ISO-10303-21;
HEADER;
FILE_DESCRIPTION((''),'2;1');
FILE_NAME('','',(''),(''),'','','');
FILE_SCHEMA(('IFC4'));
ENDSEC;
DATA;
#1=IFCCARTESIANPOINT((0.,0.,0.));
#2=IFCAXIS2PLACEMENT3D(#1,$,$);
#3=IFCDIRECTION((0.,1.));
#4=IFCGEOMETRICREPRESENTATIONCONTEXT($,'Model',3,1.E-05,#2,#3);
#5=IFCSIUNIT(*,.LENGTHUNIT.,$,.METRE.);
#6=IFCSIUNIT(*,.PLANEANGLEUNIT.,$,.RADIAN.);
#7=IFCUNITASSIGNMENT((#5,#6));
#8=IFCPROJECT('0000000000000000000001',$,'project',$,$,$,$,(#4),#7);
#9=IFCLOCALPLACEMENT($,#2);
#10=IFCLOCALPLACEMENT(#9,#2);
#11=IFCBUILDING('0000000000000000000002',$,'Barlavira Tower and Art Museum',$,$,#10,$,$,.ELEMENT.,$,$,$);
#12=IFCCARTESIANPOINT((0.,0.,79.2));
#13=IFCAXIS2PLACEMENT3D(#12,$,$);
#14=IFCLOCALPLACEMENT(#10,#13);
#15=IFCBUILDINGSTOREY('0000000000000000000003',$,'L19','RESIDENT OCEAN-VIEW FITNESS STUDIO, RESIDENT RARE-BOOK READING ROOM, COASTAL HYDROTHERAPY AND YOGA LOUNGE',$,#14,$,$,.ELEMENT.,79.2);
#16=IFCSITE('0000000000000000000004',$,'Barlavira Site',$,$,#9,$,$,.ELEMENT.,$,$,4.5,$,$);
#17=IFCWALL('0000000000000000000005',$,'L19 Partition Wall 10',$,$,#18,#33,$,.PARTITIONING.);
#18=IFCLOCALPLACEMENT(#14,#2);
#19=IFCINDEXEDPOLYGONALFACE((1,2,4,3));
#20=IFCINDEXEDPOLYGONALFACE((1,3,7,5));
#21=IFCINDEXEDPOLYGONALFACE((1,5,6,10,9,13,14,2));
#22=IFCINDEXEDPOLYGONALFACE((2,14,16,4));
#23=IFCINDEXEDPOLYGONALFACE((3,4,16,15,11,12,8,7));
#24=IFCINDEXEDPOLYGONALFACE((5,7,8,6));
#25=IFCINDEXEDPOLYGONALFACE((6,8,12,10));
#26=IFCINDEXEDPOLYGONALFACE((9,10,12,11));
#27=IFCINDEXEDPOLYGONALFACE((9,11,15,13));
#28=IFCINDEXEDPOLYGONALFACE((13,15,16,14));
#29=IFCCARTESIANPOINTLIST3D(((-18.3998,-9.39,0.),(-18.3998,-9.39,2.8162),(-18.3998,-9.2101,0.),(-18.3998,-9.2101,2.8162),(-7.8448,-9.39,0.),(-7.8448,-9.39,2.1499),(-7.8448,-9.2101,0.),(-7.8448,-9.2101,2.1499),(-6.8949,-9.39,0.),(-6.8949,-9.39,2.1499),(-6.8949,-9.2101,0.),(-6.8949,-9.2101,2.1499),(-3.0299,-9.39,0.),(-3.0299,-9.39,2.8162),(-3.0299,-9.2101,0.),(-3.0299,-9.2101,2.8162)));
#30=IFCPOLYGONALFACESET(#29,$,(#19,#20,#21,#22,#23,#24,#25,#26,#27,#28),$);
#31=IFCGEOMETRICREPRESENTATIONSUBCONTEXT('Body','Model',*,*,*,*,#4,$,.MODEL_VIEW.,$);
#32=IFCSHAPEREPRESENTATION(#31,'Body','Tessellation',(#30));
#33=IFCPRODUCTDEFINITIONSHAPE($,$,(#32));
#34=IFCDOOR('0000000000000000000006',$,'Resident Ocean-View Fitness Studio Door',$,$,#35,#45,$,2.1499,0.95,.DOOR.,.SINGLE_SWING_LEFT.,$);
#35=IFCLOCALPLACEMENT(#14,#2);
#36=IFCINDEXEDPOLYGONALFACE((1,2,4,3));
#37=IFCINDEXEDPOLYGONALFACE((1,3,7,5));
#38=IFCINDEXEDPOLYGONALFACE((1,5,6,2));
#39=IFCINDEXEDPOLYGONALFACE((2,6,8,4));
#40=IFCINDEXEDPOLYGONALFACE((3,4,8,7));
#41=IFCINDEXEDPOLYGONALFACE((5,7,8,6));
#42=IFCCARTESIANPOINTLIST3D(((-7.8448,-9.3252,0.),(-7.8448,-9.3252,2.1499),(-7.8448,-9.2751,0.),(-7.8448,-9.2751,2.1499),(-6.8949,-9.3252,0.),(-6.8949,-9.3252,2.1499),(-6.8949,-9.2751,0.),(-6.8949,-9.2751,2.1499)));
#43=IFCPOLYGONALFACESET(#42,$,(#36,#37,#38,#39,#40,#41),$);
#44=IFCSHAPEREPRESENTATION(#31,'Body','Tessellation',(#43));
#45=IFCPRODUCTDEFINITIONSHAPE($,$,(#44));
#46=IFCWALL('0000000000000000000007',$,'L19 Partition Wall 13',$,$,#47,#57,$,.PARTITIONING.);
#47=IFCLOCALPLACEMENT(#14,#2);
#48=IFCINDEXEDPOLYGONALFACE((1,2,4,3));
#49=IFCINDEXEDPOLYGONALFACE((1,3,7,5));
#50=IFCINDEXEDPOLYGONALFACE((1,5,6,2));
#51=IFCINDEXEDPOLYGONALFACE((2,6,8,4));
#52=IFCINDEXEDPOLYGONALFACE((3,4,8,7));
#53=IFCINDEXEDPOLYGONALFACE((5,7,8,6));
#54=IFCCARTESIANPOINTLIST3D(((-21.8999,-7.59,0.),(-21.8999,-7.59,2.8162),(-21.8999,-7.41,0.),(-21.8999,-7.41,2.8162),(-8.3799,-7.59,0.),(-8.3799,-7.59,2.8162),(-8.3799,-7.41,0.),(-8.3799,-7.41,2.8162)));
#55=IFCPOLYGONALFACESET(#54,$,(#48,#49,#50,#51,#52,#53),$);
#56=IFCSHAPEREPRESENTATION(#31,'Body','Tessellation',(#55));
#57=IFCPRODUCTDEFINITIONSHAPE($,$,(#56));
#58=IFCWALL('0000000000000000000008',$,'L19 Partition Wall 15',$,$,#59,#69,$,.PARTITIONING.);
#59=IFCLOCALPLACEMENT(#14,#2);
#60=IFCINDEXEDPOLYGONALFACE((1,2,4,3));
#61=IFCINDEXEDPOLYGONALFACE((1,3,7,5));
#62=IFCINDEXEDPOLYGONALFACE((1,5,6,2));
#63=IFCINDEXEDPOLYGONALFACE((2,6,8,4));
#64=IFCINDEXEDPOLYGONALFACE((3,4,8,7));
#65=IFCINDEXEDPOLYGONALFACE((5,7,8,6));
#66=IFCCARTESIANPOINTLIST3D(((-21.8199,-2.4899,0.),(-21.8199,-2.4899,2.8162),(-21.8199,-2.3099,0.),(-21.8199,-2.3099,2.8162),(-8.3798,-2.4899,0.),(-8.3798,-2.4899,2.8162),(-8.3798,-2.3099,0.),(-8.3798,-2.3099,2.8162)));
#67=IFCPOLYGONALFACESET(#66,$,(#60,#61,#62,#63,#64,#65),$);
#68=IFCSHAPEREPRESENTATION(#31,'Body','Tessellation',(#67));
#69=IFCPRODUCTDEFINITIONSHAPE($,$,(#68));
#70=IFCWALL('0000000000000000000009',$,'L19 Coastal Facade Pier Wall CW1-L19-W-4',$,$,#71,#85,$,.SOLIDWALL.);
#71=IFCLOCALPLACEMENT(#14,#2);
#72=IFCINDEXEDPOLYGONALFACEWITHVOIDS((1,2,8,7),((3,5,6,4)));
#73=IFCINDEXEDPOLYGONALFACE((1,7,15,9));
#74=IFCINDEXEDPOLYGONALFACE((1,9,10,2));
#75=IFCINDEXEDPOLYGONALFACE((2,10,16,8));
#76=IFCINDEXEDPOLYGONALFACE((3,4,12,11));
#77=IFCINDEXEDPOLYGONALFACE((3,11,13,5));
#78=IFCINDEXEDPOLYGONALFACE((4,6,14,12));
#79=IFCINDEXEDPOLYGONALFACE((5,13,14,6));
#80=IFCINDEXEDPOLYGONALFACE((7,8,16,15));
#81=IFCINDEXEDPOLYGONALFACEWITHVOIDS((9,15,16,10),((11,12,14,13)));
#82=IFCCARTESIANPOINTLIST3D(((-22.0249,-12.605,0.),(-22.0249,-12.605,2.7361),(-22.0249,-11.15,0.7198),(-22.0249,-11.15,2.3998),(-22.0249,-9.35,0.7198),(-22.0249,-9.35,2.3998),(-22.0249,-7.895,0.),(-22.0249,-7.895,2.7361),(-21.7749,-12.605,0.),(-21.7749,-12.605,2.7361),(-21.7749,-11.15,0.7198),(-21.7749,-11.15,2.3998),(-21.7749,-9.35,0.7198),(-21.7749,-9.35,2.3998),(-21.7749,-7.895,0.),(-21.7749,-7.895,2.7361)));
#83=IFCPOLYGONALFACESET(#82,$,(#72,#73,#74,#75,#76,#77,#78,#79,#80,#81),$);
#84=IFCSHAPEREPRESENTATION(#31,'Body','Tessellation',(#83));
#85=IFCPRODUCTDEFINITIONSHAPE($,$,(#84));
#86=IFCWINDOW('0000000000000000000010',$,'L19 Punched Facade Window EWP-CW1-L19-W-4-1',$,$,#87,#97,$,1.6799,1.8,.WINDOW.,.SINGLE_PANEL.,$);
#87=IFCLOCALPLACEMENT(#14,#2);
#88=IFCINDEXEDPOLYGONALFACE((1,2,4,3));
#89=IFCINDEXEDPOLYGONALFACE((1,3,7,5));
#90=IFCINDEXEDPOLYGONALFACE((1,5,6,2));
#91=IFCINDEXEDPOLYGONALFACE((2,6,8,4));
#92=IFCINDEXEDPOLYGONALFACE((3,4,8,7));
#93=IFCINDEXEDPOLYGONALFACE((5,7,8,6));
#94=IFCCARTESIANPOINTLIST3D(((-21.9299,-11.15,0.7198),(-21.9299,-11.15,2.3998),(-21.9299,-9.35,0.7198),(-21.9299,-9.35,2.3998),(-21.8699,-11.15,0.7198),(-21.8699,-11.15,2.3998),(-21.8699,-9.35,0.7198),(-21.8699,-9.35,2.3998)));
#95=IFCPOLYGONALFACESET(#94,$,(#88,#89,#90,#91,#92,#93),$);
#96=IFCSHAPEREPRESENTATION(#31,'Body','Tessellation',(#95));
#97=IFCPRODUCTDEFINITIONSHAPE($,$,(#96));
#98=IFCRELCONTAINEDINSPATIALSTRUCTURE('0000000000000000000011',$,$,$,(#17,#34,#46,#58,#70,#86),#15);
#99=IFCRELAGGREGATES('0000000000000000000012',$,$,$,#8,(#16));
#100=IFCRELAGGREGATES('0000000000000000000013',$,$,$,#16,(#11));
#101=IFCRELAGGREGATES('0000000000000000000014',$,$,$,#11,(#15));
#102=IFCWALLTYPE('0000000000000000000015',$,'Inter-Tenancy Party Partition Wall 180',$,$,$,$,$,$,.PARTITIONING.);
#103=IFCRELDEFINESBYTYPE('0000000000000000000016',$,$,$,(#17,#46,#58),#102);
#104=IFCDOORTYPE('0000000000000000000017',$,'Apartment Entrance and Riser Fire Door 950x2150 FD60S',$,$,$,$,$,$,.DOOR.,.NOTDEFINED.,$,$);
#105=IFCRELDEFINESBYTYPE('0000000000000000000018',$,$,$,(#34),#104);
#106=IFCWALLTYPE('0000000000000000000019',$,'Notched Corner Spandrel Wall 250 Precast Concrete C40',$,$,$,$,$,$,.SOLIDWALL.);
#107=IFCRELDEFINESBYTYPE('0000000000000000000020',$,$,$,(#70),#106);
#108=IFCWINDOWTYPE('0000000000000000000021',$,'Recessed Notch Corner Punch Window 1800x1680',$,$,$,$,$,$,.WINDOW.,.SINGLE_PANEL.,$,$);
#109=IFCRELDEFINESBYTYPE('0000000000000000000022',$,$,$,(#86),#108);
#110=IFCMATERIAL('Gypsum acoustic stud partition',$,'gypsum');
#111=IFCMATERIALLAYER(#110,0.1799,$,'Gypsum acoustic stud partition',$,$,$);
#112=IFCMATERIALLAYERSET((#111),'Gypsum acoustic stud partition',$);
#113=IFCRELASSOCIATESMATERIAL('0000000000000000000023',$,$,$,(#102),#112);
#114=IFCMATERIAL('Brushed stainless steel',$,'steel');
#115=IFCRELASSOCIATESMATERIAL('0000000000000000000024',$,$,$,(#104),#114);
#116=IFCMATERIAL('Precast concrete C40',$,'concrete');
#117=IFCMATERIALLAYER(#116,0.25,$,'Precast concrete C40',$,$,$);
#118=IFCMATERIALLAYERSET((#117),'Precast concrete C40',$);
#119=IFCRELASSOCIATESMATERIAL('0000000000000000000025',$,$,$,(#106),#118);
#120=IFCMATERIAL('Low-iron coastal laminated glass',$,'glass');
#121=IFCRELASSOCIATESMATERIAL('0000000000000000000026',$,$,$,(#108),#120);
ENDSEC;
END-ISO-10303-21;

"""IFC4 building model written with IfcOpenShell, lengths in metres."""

from ifc_helpers import new_model, si_unit, direction, frame, frame_2d, origin, place, context, subcontext, project, spatial, rectangle, extrude, material, layer, layer_set, type_object, element, fill, save


model = new_model("IFC4")

# Units and contexts
model_context = context("Model", 3, precision=1e-05, world=origin(), true_north=direction((0.0, 1.0)))
body_context = subcontext(model_context, "Body", "Model", "MODEL_VIEW")
ifc_project = project(units=[si_unit("LENGTHUNIT", "METRE"), si_unit("PLANEANGLEUNIT", "RADIAN")], contexts=[model_context])

# Site, building, storey
site_placement = place(None, origin())
site = spatial("IfcSite", under=ifc_project, at=site_placement, Name="Barlavira Site", CompositionType="ELEMENT", RefElevation=4.5)
building_placement = place(site_placement, origin())
building = spatial("IfcBuilding", under=site, at=building_placement, Name="Barlavira Tower and Art Museum", CompositionType="ELEMENT")
storey_placement = place(building_placement, frame((0.0, 0.0, 79.2)))
storey = spatial("IfcBuildingStorey", under=building, at=storey_placement, Name="L19", Description="RESIDENT OCEAN-VIEW FITNESS STUDIO, RESIDENT RARE-BOOK READING ROOM, COASTAL HYDROTHERAPY AND YOGA LOUNGE", CompositionType="ELEMENT", Elevation=79.2)

# Shared definitions
ifc_material_1 = material(Name="Low-iron coastal laminated glass", Category="glass")

# Wall, opening, door
ifc_material_2 = material(Name="Gypsum acoustic stud partition", Category="gypsum")
ifc_layer_1 = layer(ifc_material_2, 0.1799, Name="Gypsum acoustic stud partition")
ifc_layer_set_1 = layer_set([ifc_layer_1], Name="Gypsum acoustic stud partition")
wall_type_1 = type_object("IfcWallType", Name="Inter-Tenancy Party Partition Wall 180", PredefinedType="PARTITIONING", material=ifc_layer_set_1)
wall_1_placement = place(storey_placement, frame((-18.3999, -9.3, 0.0), z_axis=(0.0, 0.0, 1.0), x_axis=(1.0, 0.0, 0.0)))
wall_1 = element("IfcWall", 1, at=wall_1_placement, inside=storey, type_object=wall_type_1, Name="L19 Partition Wall 10", PredefinedType="PARTITIONING", context=body_context, shape_type="SweptSolid", body=[
    extrude(rectangle(XDim=15.3699, YDim=0.1799, at=frame_2d((7.6851, 0.0))), origin(), (0.0, 0.0, 1.0), 2.8162),
])
opening_1_placement = place(wall_1_placement, frame((10.5549, 0.0, 0.0)))
opening_1 = element("IfcOpeningElement", 2, at=opening_1_placement, cuts=wall_1, PredefinedType="OPENING", context=body_context, shape_type="SweptSolid", body=[
    extrude(rectangle(XDim=0.95, YDim=2.1499, at=frame_2d((0.4751, 1.075))), frame((0.0, 0.1001, 0.0), z_axis=(0.0, -1.0, 0.0), x_axis=(1.0, 0.0, 0.0)), (0.0, 0.0, 1.0), 0.2),
])
ifc_material_3 = material(Name="Brushed stainless steel", Category="steel")
door_type = type_object("IfcDoorType", Name="Apartment Entrance and Riser Fire Door 950x2150 FD60S", OperationType="NOTDEFINED", PredefinedType="DOOR", material=ifc_material_3)
door_placement = place(opening_1_placement, origin())
door = element("IfcDoor", 3, at=door_placement, inside=storey, type_object=door_type, Name="Resident Ocean-View Fitness Studio Door", OperationType="SINGLE_SWING_LEFT", OverallHeight=2.1499, OverallWidth=0.95, PredefinedType="DOOR", context=body_context, shape_type="SweptSolid", body=[
    extrude(rectangle(XDim=0.95, YDim=2.1499, at=frame_2d((0.4751, 1.075))), frame((0.0, 0.0249, 0.0), z_axis=(0.0, -1.0, 0.0), x_axis=(1.0, 0.0, 0.0)), (0.0, 0.0, 1.0), 0.05),
])
fill(opening_1, door)

# Walls
wall_2_placement = place(storey_placement, frame((-21.8999, -7.5, 0.0), z_axis=(0.0, 0.0, 1.0), x_axis=(1.0, 0.0, 0.0)))
element("IfcWall", 4, at=wall_2_placement, inside=storey, type_object=wall_type_1, Name="L19 Partition Wall 13", PredefinedType="PARTITIONING", context=body_context, shape_type="SweptSolid", body=[
    extrude(rectangle(XDim=13.52, YDim=0.1799, at=frame_2d((6.76, 0.0))), origin(), (0.0, 0.0, 1.0), 2.8162),
])
wall_3_placement = place(storey_placement, frame((-21.8201, -2.3999, 0.0), z_axis=(0.0, 0.0, 1.0), x_axis=(1.0, 0.0, 0.0)))
element("IfcWall", 5, at=wall_3_placement, inside=storey, type_object=wall_type_1, Name="L19 Partition Wall 15", PredefinedType="PARTITIONING", context=body_context, shape_type="SweptSolid", body=[
    extrude(rectangle(XDim=13.4402, YDim=0.1799, at=frame_2d((6.7202, 0.0))), origin(), (0.0, 0.0, 1.0), 2.8162),
])

# Wall, opening, window
ifc_material_4 = material(Name="Precast concrete C40", Category="concrete")
ifc_layer_2 = layer(ifc_material_4, 0.25, Name="Precast concrete C40")
ifc_layer_set_2 = layer_set([ifc_layer_2], Name="Precast concrete C40")
wall_type_2 = type_object("IfcWallType", Name="Notched Corner Spandrel Wall 250 Precast Concrete C40", PredefinedType="SOLIDWALL", material=ifc_layer_set_2)
wall_4_placement = place(storey_placement, frame((-21.8999, -7.895, 0.0), z_axis=(0.0, 0.0, 1.0), x_axis=(0.0, -1.0, 0.0)))
wall_4 = element("IfcWall", 6, at=wall_4_placement, inside=storey, type_object=wall_type_2, Name="L19 Coastal Facade Pier Wall CW1-L19-W-4", PredefinedType="SOLIDWALL", context=body_context, shape_type="SweptSolid", body=[
    extrude(rectangle(XDim=4.71, YDim=0.25, at=frame_2d((2.355, 0.0))), origin(), (0.0, 0.0, 1.0), 2.7361),
])
opening_2_placement = place(wall_4_placement, frame((1.4551, 0.0, 0.72)))
opening_2 = element("IfcOpeningElement", 7, at=opening_2_placement, cuts=wall_4, PredefinedType="OPENING", context=body_context, shape_type="SweptSolid", body=[
    extrude(rectangle(XDim=1.8, YDim=1.6799, at=frame_2d((0.8999, 0.8398))), frame((0.0, 0.135, 0.0), z_axis=(0.0, -1.0, 0.0), x_axis=(1.0, 0.0, 0.0)), (0.0, 0.0, 1.0), 0.27),
])
window_type = type_object("IfcWindowType", Name="Recessed Notch Corner Punch Window 1800x1680", PartitioningType="SINGLE_PANEL", PredefinedType="WINDOW", material=ifc_material_1)
window_placement = place(opening_2_placement, origin())
window = element("IfcWindow", 8, at=window_placement, inside=storey, type_object=window_type, Name="L19 Punched Facade Window EWP-CW1-L19-W-4-1", OverallHeight=1.6799, OverallWidth=1.8, PartitioningType="SINGLE_PANEL", PredefinedType="WINDOW", context=body_context, shape_type="SweptSolid", body=[
    extrude(rectangle(XDim=1.8, YDim=1.6799, at=frame_2d((0.8999, 0.8398))), frame((0.0, 0.03, 0.0), z_axis=(0.0, -1.0, 0.0), x_axis=(1.0, 0.0, 0.0)), (0.0, 0.0, 1.0), 0.0601),
])
fill(opening_2, window)

save(model, "model.ifc")
